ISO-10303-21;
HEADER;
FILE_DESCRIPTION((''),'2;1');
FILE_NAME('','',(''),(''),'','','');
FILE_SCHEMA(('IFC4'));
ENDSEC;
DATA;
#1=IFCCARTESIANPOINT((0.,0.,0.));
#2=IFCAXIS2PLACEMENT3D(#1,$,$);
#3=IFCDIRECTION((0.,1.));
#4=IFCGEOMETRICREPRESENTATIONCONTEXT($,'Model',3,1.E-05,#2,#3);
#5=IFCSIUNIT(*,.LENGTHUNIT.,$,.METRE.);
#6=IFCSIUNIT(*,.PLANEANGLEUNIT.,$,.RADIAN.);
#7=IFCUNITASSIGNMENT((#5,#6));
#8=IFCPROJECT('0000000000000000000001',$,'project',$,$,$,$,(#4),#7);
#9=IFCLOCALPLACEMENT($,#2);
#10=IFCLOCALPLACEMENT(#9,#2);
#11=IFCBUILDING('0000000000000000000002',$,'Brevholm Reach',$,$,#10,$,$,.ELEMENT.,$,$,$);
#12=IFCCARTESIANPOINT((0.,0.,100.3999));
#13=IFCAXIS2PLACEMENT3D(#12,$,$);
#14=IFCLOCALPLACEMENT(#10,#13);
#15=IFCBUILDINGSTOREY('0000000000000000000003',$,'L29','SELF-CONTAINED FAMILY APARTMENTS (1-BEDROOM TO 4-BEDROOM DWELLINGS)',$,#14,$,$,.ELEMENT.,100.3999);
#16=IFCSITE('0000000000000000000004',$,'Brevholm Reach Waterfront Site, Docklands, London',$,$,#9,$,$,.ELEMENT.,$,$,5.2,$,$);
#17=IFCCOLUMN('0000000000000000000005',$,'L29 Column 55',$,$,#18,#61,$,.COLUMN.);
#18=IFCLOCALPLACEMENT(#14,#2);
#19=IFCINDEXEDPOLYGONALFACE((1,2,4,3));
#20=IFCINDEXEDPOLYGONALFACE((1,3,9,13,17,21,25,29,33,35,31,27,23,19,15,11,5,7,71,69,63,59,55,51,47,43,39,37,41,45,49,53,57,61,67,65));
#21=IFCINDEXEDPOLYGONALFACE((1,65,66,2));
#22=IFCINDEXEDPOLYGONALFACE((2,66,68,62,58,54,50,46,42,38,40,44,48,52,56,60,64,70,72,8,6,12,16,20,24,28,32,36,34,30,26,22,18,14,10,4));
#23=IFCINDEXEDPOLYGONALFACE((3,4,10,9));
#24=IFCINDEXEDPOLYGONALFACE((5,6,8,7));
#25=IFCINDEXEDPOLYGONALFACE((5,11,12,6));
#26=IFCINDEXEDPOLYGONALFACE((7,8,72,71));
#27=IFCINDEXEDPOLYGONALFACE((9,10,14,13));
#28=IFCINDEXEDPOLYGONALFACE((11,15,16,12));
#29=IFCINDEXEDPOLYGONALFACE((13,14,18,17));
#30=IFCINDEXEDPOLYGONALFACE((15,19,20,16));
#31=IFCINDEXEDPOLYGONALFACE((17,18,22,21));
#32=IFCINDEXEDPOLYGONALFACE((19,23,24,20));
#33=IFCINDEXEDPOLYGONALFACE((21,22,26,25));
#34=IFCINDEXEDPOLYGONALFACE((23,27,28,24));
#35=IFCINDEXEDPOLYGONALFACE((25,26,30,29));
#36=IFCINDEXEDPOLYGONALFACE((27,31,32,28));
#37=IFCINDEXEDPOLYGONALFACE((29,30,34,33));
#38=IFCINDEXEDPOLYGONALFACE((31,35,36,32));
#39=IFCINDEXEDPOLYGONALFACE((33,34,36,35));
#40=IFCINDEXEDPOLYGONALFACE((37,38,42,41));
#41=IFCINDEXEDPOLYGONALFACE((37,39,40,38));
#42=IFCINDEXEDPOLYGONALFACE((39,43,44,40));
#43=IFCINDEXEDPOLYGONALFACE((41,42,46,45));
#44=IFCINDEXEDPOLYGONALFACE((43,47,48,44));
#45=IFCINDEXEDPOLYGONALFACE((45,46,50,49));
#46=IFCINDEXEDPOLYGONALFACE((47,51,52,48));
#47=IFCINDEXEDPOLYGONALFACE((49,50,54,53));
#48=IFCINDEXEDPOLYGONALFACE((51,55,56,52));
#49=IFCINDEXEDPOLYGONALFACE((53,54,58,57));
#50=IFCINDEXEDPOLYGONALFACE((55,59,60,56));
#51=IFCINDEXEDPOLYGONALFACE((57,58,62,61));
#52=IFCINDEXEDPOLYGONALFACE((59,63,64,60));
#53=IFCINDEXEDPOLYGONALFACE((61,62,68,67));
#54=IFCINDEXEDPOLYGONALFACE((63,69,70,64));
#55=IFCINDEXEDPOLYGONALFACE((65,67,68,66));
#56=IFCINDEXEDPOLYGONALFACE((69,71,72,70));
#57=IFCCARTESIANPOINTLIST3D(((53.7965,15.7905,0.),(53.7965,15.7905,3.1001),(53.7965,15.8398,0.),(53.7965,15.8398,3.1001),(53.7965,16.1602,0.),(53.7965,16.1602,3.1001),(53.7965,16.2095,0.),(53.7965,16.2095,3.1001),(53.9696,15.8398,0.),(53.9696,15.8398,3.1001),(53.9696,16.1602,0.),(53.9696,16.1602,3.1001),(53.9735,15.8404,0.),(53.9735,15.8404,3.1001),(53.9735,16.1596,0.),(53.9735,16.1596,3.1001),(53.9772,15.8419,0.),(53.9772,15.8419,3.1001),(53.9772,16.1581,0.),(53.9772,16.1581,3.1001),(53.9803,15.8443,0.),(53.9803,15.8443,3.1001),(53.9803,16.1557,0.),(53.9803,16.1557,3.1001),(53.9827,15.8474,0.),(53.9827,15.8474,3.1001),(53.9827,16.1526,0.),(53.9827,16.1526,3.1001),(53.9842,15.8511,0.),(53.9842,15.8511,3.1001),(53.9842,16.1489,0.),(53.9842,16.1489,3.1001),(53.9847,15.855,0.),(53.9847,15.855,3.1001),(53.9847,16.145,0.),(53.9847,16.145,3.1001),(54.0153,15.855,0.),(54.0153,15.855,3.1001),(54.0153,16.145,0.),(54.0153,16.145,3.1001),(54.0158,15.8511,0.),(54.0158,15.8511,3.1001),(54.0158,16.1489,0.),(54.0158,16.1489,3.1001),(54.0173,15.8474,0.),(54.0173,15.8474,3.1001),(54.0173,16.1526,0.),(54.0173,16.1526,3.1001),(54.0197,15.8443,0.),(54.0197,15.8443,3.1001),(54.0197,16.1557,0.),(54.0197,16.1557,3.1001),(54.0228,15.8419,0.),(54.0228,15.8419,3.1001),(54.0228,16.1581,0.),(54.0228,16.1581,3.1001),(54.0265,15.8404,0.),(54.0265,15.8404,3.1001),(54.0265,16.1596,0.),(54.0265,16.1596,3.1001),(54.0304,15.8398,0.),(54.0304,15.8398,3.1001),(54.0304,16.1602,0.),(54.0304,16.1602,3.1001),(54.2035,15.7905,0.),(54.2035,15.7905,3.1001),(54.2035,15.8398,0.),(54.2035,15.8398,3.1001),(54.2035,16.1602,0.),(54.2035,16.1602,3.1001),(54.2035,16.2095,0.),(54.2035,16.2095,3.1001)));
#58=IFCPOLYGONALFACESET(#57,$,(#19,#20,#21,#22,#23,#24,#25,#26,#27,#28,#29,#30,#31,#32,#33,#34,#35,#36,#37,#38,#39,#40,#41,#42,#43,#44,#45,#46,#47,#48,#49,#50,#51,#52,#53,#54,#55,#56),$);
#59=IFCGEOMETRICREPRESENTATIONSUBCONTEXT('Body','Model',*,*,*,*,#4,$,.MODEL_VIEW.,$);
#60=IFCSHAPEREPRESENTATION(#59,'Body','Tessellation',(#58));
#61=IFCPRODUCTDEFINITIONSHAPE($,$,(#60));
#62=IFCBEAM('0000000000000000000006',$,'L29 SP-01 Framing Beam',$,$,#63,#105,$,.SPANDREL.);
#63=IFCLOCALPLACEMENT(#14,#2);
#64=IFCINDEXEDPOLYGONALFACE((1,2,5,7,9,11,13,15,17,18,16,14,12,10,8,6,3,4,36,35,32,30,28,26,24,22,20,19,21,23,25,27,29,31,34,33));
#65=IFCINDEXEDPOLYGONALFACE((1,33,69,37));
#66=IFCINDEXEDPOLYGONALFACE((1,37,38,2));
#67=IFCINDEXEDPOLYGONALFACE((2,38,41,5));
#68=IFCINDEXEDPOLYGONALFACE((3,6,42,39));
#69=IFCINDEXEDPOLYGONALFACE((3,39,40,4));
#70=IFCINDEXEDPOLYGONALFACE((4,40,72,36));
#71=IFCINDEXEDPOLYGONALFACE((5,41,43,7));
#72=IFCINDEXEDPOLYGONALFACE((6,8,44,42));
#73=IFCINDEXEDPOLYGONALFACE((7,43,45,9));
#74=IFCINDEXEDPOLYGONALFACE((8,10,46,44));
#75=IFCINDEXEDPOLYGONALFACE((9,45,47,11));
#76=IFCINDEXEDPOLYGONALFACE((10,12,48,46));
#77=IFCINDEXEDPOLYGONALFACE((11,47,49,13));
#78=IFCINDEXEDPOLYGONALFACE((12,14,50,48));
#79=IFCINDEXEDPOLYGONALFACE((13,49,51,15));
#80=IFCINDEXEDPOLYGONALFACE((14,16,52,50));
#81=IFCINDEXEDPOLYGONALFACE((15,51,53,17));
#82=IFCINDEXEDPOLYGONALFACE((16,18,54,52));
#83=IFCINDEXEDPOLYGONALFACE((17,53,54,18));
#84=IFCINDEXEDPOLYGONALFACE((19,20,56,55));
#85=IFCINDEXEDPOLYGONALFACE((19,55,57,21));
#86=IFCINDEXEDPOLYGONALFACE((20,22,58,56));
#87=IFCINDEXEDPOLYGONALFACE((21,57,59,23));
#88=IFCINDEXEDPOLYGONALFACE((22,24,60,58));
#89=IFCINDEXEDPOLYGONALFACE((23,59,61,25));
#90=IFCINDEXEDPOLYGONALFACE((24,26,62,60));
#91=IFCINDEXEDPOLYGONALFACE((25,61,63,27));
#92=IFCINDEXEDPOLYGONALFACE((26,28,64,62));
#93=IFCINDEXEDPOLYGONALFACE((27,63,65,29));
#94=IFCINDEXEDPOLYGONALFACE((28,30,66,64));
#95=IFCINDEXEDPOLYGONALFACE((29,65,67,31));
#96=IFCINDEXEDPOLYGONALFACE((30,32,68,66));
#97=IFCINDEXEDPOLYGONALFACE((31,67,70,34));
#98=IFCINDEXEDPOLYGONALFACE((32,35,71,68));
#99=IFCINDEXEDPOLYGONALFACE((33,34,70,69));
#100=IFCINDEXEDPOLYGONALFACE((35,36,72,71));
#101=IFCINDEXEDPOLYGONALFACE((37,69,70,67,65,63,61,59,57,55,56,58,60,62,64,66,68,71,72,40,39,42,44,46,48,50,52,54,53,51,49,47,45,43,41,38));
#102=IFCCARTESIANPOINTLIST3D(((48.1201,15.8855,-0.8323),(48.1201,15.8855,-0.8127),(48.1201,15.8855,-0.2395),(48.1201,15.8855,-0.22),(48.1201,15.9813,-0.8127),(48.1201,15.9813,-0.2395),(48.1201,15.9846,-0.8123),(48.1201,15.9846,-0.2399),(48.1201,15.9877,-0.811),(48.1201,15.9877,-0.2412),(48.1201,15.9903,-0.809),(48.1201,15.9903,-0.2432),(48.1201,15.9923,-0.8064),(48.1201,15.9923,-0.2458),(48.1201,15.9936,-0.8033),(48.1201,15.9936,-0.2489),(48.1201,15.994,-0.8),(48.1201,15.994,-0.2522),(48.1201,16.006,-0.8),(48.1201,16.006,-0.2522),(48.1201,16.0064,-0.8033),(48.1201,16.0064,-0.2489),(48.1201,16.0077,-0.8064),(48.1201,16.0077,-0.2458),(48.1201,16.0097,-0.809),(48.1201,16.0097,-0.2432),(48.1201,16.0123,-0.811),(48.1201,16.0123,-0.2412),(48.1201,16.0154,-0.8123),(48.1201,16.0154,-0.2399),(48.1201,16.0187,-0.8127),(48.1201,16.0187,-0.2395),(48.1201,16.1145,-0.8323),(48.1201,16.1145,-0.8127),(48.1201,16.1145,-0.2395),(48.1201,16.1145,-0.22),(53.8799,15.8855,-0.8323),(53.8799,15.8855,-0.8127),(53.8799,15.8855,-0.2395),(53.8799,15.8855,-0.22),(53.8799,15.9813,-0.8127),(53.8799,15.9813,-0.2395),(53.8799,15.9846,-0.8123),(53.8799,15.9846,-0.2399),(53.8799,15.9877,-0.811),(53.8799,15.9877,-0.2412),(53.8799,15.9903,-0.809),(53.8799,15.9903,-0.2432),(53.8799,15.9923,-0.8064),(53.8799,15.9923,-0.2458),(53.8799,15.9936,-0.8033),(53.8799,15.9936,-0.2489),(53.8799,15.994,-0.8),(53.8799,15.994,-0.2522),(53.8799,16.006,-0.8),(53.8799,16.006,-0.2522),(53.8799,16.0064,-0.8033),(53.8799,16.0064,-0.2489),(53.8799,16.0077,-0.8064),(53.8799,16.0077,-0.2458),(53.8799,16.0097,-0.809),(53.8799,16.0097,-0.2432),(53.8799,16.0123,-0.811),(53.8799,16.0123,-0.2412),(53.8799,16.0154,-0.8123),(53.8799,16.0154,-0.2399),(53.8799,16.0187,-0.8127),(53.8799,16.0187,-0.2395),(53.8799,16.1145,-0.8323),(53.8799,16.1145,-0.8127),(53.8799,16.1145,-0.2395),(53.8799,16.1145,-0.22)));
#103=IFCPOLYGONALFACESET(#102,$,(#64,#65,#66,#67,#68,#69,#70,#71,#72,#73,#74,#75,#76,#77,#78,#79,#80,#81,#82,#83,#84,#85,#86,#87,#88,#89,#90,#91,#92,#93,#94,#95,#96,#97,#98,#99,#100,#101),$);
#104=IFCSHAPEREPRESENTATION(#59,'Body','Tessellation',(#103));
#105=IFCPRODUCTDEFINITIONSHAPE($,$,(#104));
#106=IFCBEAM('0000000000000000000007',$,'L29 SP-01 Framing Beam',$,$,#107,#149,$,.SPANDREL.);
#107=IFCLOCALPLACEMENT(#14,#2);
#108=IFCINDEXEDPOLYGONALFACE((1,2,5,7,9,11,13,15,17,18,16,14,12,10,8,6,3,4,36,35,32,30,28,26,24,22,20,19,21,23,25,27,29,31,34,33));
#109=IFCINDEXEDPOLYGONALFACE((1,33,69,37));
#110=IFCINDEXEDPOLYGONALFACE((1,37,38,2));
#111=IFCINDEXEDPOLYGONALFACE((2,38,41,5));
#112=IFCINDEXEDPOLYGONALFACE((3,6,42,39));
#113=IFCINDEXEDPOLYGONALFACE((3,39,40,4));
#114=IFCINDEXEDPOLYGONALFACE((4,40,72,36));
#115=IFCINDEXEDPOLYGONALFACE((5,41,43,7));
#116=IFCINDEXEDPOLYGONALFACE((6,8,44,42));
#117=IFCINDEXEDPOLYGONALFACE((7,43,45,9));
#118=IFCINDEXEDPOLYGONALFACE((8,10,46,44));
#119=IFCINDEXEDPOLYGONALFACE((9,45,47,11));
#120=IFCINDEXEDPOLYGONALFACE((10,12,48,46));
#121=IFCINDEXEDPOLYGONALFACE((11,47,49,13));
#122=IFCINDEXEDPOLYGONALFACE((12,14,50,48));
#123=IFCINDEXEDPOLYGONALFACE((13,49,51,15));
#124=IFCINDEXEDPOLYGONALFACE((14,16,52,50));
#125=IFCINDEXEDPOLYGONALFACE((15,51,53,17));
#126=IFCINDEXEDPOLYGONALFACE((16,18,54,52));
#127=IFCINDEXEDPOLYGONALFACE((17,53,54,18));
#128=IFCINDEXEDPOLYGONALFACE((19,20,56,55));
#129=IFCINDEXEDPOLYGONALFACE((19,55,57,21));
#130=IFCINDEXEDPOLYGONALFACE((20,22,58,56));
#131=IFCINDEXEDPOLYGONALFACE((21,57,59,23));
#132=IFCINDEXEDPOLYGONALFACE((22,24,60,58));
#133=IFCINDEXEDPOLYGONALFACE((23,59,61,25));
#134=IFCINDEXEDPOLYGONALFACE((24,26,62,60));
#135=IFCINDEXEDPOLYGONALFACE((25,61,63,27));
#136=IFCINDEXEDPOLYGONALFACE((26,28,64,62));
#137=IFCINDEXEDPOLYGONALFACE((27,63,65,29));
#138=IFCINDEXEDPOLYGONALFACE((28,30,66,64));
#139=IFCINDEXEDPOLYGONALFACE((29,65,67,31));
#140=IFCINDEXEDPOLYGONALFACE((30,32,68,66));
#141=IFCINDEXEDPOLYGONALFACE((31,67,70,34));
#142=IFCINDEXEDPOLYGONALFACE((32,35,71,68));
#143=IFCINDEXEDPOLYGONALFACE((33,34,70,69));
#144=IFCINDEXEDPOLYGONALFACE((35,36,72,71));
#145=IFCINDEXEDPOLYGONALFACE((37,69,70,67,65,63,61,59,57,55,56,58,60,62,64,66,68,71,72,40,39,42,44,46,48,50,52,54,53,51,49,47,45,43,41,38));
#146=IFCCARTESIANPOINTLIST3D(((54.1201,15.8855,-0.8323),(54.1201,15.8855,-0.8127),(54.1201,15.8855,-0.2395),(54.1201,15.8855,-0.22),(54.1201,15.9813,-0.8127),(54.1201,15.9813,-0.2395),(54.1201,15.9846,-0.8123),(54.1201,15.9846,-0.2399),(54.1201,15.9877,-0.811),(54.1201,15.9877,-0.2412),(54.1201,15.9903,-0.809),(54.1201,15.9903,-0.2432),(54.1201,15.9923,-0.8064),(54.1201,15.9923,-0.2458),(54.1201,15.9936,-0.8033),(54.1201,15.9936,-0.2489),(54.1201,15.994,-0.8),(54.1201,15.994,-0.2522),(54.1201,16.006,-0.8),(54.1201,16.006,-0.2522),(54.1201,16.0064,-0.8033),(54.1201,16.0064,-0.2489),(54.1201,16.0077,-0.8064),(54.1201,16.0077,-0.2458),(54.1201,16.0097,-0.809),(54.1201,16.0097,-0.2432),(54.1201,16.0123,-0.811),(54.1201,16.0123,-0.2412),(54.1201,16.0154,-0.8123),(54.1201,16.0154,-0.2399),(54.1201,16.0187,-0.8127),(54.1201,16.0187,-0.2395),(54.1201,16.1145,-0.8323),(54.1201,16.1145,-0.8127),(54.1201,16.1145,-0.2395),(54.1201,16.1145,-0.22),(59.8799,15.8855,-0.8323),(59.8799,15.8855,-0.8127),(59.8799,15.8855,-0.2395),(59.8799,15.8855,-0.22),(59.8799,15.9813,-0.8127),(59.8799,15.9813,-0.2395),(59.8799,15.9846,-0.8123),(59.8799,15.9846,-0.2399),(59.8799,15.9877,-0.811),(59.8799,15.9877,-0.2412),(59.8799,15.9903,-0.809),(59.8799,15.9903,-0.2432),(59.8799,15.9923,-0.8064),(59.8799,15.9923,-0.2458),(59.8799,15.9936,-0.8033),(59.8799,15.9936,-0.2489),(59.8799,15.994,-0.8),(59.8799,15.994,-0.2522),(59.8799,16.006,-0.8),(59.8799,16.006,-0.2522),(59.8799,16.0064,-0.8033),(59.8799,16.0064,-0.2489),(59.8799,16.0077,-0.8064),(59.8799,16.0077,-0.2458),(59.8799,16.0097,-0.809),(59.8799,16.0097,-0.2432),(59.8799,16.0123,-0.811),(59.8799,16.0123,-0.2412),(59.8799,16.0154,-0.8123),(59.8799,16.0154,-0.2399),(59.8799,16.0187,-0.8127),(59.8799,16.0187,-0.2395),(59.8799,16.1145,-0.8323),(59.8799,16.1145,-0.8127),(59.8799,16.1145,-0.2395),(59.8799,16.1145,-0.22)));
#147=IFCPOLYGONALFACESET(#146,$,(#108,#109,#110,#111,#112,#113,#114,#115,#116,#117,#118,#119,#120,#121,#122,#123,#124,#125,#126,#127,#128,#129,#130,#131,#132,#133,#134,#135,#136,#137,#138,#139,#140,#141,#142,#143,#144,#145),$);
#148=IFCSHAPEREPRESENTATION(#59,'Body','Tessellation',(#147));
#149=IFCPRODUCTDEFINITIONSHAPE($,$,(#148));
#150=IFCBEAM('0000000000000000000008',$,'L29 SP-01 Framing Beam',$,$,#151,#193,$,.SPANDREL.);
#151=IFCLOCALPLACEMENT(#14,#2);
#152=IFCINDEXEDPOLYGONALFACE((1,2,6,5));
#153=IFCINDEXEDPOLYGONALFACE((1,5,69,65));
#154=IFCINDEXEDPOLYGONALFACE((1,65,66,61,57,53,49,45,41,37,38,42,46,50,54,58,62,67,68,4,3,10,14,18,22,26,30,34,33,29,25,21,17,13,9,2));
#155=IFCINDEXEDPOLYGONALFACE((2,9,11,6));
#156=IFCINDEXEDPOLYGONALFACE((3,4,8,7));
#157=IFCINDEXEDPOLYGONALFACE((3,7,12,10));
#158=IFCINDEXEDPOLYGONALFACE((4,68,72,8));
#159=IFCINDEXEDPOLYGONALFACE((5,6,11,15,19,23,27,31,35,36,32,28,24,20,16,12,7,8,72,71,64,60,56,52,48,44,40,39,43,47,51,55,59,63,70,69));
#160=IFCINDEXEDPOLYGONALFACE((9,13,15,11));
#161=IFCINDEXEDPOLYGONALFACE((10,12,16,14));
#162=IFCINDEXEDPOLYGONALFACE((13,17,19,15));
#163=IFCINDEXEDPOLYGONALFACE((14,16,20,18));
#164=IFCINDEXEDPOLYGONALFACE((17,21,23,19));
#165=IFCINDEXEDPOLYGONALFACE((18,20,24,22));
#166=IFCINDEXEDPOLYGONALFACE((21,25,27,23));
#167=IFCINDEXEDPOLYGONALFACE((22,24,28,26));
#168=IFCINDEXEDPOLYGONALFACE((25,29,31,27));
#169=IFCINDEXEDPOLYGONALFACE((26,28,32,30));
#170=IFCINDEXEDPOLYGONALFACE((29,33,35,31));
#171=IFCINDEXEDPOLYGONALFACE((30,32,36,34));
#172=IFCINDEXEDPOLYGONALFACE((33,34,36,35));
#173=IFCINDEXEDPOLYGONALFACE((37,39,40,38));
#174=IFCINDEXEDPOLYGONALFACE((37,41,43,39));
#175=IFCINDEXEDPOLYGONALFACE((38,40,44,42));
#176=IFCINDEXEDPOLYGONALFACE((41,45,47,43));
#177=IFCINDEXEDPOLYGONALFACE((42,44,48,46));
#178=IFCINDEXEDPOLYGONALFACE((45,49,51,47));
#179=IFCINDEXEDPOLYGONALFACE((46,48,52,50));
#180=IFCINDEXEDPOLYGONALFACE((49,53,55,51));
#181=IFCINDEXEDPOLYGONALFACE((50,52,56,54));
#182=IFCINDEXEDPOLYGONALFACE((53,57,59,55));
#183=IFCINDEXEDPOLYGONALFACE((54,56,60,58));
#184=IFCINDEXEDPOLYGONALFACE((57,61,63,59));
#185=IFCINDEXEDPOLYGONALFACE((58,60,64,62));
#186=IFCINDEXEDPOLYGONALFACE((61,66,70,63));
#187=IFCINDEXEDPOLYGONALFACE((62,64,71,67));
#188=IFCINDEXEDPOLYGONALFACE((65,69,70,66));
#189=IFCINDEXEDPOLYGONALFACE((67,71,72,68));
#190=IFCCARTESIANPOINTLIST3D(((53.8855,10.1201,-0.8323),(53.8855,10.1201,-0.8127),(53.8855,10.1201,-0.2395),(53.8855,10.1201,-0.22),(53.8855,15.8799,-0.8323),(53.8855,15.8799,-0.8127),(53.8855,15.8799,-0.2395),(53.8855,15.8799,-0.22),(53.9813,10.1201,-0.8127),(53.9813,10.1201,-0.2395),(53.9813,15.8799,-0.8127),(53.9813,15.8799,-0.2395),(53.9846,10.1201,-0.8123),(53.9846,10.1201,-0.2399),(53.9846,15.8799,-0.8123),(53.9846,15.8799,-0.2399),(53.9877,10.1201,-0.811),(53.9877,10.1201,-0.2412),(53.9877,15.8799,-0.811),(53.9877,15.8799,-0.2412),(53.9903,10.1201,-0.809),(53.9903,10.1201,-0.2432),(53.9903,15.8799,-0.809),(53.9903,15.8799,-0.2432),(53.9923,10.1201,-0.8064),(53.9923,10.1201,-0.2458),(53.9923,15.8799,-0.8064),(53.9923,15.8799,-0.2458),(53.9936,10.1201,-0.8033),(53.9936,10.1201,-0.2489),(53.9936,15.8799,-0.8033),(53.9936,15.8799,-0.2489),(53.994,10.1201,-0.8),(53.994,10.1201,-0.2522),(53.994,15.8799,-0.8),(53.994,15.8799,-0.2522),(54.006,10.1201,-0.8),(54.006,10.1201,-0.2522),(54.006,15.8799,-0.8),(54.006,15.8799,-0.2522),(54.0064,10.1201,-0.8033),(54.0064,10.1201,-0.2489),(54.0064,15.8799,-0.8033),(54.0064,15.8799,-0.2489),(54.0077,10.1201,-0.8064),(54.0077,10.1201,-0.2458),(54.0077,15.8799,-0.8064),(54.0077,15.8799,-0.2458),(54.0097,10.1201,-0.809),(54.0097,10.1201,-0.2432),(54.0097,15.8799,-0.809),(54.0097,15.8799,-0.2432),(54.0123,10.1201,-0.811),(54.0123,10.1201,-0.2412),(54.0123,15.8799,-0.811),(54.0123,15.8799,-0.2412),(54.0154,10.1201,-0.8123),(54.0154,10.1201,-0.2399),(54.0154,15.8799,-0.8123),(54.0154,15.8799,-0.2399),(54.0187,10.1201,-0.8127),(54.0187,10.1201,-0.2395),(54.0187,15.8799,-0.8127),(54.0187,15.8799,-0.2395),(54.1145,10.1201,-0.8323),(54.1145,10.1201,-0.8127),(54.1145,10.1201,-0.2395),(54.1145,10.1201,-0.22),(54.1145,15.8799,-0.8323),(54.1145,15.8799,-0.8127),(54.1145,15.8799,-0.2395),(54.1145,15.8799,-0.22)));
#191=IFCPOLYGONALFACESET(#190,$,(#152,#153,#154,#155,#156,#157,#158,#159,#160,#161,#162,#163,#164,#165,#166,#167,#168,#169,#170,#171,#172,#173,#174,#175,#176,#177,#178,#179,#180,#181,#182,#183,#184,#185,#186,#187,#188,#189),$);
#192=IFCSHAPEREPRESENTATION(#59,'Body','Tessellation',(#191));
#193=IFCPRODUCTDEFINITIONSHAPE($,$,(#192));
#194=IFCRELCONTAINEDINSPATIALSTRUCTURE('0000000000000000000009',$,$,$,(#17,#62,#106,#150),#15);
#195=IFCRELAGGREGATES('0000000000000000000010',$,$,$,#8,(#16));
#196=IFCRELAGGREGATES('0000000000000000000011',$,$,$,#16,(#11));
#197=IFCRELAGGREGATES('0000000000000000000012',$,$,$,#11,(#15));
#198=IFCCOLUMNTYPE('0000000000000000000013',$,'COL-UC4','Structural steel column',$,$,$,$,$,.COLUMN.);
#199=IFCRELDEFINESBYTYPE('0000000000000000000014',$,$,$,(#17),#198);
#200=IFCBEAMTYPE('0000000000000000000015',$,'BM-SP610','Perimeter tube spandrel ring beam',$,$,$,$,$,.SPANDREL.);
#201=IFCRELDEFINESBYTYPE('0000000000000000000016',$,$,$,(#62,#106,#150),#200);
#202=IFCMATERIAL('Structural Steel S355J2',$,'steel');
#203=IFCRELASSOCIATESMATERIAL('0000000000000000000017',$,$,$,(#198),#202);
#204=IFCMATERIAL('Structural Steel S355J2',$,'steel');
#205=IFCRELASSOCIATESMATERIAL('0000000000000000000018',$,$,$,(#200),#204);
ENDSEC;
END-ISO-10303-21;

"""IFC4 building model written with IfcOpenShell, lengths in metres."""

from ifc_helpers import new_model, si_unit, direction, frame, origin, origin_2d, place, context, subcontext, project, spatial, i_section, extrude, material, material_profile, profile_set, type_object, element, save


model = new_model("IFC4")

# Units and contexts
model_context = context("Model", 3, precision=1e-05, world=origin(), true_north=direction((0.0, 1.0)))
body_context = subcontext(model_context, "Body", "Model", "MODEL_VIEW")
ifc_project = project(units=[si_unit("LENGTHUNIT", "METRE"), si_unit("PLANEANGLEUNIT", "RADIAN")], contexts=[model_context])

# Site, building, storey
site_placement = place(None, origin())
site = spatial("IfcSite", under=ifc_project, at=site_placement, Name="Brevholm Reach Waterfront Site, Docklands, London", CompositionType="ELEMENT", RefElevation=5.2)
building_placement = place(site_placement, origin())
building = spatial("IfcBuilding", under=site, at=building_placement, Name="Brevholm Reach", CompositionType="ELEMENT")
storey_placement = place(building_placement, frame((0.0, 0.0, 100.3999)))
storey = spatial("IfcBuildingStorey", under=building, at=storey_placement, Name="L29", Description="SELF-CONTAINED FAMILY APARTMENTS (1-BEDROOM TO 4-BEDROOM DWELLINGS)", CompositionType="ELEMENT", Elevation=100.3999)

# Column
ifc_material_1 = material(Name="Structural Steel S355J2", Category="steel")
ifc_material_profile_1 = material_profile(ifc_material_1, i_section(OverallWidth=0.407, OverallDepth=0.4189, WebThickness=0.0305, FlangeThickness=0.0493, FilletRadius=0.0151, at=origin_2d()), Name="UKC 356x406x393")
ifc_profile_set_1 = profile_set([ifc_material_profile_1], Name="Structural Steel S355J2")
column_type = type_object("IfcColumnType", Name="COL-UC4", Description="Structural steel column", PredefinedType="COLUMN", material=ifc_profile_set_1)
column_placement = place(storey_placement, frame((54.0, 16.0, 0.0), z_axis=(0.0, 0.0, 1.0), x_axis=(1.0, 0.0, 0.0)))
element("IfcColumn", 1, at=column_placement, inside=storey, type_object=column_type, Name="L29 Column 55", PredefinedType="COLUMN", context=body_context, shape_type="SweptSolid", body=[
    extrude(i_section(OverallWidth=0.407, OverallDepth=0.4189, WebThickness=0.0305, FlangeThickness=0.0493, FilletRadius=0.0151, at=origin_2d()), origin(), (0.0, 0.0, 1.0), 3.1001),
])

# Beams
ifc_material_2 = material(Name="Structural Steel S355J2", Category="steel")
ifc_material_profile_2 = material_profile(ifc_material_2, i_section(OverallWidth=0.229, OverallDepth=0.6123, WebThickness=0.012, FlangeThickness=0.0195, FilletRadius=0.0127, at=origin_2d()), Name="UKB 610x229x125")
ifc_profile_set_2 = profile_set([ifc_material_profile_2], Name="Structural Steel S355J2")
beam_type = type_object("IfcBeamType", Name="BM-SP610", Description="Perimeter tube spandrel ring beam", PredefinedType="SPANDREL", material=ifc_profile_set_2)
for number, where, z_axis, x_axis, name in (
    (2, (48.1201, 16.0, -0.5261), (1.0, 0.0, 0.0), (0.0, 1.0, 0.0), "L29 SP-01 Framing Beam"),
    (3, (54.1201, 16.0, -0.5261), (1.0, 0.0, 0.0), (0.0, 1.0, 0.0), "L29 SP-01 Framing Beam"),
    (4, (54.0, 10.1201, -0.5261), (0.0, 1.0, 0.0), (-1.0, 0.0, 0.0), "L29 SP-01 Framing Beam"),
):
    element("IfcBeam", number, at=place(storey_placement, frame(where, z_axis=z_axis, x_axis=x_axis)), inside=storey, type_object=beam_type, Name=name, PredefinedType="SPANDREL", context=body_context, shape_type="SweptSolid", body=[
        extrude(i_section(OverallWidth=0.229, OverallDepth=0.6123, WebThickness=0.012, FlangeThickness=0.0195, FilletRadius=0.0127, at=origin_2d()), origin(), (0.0, 0.0, 1.0), 5.7598),
    ])

save(model, "model.ifc")
